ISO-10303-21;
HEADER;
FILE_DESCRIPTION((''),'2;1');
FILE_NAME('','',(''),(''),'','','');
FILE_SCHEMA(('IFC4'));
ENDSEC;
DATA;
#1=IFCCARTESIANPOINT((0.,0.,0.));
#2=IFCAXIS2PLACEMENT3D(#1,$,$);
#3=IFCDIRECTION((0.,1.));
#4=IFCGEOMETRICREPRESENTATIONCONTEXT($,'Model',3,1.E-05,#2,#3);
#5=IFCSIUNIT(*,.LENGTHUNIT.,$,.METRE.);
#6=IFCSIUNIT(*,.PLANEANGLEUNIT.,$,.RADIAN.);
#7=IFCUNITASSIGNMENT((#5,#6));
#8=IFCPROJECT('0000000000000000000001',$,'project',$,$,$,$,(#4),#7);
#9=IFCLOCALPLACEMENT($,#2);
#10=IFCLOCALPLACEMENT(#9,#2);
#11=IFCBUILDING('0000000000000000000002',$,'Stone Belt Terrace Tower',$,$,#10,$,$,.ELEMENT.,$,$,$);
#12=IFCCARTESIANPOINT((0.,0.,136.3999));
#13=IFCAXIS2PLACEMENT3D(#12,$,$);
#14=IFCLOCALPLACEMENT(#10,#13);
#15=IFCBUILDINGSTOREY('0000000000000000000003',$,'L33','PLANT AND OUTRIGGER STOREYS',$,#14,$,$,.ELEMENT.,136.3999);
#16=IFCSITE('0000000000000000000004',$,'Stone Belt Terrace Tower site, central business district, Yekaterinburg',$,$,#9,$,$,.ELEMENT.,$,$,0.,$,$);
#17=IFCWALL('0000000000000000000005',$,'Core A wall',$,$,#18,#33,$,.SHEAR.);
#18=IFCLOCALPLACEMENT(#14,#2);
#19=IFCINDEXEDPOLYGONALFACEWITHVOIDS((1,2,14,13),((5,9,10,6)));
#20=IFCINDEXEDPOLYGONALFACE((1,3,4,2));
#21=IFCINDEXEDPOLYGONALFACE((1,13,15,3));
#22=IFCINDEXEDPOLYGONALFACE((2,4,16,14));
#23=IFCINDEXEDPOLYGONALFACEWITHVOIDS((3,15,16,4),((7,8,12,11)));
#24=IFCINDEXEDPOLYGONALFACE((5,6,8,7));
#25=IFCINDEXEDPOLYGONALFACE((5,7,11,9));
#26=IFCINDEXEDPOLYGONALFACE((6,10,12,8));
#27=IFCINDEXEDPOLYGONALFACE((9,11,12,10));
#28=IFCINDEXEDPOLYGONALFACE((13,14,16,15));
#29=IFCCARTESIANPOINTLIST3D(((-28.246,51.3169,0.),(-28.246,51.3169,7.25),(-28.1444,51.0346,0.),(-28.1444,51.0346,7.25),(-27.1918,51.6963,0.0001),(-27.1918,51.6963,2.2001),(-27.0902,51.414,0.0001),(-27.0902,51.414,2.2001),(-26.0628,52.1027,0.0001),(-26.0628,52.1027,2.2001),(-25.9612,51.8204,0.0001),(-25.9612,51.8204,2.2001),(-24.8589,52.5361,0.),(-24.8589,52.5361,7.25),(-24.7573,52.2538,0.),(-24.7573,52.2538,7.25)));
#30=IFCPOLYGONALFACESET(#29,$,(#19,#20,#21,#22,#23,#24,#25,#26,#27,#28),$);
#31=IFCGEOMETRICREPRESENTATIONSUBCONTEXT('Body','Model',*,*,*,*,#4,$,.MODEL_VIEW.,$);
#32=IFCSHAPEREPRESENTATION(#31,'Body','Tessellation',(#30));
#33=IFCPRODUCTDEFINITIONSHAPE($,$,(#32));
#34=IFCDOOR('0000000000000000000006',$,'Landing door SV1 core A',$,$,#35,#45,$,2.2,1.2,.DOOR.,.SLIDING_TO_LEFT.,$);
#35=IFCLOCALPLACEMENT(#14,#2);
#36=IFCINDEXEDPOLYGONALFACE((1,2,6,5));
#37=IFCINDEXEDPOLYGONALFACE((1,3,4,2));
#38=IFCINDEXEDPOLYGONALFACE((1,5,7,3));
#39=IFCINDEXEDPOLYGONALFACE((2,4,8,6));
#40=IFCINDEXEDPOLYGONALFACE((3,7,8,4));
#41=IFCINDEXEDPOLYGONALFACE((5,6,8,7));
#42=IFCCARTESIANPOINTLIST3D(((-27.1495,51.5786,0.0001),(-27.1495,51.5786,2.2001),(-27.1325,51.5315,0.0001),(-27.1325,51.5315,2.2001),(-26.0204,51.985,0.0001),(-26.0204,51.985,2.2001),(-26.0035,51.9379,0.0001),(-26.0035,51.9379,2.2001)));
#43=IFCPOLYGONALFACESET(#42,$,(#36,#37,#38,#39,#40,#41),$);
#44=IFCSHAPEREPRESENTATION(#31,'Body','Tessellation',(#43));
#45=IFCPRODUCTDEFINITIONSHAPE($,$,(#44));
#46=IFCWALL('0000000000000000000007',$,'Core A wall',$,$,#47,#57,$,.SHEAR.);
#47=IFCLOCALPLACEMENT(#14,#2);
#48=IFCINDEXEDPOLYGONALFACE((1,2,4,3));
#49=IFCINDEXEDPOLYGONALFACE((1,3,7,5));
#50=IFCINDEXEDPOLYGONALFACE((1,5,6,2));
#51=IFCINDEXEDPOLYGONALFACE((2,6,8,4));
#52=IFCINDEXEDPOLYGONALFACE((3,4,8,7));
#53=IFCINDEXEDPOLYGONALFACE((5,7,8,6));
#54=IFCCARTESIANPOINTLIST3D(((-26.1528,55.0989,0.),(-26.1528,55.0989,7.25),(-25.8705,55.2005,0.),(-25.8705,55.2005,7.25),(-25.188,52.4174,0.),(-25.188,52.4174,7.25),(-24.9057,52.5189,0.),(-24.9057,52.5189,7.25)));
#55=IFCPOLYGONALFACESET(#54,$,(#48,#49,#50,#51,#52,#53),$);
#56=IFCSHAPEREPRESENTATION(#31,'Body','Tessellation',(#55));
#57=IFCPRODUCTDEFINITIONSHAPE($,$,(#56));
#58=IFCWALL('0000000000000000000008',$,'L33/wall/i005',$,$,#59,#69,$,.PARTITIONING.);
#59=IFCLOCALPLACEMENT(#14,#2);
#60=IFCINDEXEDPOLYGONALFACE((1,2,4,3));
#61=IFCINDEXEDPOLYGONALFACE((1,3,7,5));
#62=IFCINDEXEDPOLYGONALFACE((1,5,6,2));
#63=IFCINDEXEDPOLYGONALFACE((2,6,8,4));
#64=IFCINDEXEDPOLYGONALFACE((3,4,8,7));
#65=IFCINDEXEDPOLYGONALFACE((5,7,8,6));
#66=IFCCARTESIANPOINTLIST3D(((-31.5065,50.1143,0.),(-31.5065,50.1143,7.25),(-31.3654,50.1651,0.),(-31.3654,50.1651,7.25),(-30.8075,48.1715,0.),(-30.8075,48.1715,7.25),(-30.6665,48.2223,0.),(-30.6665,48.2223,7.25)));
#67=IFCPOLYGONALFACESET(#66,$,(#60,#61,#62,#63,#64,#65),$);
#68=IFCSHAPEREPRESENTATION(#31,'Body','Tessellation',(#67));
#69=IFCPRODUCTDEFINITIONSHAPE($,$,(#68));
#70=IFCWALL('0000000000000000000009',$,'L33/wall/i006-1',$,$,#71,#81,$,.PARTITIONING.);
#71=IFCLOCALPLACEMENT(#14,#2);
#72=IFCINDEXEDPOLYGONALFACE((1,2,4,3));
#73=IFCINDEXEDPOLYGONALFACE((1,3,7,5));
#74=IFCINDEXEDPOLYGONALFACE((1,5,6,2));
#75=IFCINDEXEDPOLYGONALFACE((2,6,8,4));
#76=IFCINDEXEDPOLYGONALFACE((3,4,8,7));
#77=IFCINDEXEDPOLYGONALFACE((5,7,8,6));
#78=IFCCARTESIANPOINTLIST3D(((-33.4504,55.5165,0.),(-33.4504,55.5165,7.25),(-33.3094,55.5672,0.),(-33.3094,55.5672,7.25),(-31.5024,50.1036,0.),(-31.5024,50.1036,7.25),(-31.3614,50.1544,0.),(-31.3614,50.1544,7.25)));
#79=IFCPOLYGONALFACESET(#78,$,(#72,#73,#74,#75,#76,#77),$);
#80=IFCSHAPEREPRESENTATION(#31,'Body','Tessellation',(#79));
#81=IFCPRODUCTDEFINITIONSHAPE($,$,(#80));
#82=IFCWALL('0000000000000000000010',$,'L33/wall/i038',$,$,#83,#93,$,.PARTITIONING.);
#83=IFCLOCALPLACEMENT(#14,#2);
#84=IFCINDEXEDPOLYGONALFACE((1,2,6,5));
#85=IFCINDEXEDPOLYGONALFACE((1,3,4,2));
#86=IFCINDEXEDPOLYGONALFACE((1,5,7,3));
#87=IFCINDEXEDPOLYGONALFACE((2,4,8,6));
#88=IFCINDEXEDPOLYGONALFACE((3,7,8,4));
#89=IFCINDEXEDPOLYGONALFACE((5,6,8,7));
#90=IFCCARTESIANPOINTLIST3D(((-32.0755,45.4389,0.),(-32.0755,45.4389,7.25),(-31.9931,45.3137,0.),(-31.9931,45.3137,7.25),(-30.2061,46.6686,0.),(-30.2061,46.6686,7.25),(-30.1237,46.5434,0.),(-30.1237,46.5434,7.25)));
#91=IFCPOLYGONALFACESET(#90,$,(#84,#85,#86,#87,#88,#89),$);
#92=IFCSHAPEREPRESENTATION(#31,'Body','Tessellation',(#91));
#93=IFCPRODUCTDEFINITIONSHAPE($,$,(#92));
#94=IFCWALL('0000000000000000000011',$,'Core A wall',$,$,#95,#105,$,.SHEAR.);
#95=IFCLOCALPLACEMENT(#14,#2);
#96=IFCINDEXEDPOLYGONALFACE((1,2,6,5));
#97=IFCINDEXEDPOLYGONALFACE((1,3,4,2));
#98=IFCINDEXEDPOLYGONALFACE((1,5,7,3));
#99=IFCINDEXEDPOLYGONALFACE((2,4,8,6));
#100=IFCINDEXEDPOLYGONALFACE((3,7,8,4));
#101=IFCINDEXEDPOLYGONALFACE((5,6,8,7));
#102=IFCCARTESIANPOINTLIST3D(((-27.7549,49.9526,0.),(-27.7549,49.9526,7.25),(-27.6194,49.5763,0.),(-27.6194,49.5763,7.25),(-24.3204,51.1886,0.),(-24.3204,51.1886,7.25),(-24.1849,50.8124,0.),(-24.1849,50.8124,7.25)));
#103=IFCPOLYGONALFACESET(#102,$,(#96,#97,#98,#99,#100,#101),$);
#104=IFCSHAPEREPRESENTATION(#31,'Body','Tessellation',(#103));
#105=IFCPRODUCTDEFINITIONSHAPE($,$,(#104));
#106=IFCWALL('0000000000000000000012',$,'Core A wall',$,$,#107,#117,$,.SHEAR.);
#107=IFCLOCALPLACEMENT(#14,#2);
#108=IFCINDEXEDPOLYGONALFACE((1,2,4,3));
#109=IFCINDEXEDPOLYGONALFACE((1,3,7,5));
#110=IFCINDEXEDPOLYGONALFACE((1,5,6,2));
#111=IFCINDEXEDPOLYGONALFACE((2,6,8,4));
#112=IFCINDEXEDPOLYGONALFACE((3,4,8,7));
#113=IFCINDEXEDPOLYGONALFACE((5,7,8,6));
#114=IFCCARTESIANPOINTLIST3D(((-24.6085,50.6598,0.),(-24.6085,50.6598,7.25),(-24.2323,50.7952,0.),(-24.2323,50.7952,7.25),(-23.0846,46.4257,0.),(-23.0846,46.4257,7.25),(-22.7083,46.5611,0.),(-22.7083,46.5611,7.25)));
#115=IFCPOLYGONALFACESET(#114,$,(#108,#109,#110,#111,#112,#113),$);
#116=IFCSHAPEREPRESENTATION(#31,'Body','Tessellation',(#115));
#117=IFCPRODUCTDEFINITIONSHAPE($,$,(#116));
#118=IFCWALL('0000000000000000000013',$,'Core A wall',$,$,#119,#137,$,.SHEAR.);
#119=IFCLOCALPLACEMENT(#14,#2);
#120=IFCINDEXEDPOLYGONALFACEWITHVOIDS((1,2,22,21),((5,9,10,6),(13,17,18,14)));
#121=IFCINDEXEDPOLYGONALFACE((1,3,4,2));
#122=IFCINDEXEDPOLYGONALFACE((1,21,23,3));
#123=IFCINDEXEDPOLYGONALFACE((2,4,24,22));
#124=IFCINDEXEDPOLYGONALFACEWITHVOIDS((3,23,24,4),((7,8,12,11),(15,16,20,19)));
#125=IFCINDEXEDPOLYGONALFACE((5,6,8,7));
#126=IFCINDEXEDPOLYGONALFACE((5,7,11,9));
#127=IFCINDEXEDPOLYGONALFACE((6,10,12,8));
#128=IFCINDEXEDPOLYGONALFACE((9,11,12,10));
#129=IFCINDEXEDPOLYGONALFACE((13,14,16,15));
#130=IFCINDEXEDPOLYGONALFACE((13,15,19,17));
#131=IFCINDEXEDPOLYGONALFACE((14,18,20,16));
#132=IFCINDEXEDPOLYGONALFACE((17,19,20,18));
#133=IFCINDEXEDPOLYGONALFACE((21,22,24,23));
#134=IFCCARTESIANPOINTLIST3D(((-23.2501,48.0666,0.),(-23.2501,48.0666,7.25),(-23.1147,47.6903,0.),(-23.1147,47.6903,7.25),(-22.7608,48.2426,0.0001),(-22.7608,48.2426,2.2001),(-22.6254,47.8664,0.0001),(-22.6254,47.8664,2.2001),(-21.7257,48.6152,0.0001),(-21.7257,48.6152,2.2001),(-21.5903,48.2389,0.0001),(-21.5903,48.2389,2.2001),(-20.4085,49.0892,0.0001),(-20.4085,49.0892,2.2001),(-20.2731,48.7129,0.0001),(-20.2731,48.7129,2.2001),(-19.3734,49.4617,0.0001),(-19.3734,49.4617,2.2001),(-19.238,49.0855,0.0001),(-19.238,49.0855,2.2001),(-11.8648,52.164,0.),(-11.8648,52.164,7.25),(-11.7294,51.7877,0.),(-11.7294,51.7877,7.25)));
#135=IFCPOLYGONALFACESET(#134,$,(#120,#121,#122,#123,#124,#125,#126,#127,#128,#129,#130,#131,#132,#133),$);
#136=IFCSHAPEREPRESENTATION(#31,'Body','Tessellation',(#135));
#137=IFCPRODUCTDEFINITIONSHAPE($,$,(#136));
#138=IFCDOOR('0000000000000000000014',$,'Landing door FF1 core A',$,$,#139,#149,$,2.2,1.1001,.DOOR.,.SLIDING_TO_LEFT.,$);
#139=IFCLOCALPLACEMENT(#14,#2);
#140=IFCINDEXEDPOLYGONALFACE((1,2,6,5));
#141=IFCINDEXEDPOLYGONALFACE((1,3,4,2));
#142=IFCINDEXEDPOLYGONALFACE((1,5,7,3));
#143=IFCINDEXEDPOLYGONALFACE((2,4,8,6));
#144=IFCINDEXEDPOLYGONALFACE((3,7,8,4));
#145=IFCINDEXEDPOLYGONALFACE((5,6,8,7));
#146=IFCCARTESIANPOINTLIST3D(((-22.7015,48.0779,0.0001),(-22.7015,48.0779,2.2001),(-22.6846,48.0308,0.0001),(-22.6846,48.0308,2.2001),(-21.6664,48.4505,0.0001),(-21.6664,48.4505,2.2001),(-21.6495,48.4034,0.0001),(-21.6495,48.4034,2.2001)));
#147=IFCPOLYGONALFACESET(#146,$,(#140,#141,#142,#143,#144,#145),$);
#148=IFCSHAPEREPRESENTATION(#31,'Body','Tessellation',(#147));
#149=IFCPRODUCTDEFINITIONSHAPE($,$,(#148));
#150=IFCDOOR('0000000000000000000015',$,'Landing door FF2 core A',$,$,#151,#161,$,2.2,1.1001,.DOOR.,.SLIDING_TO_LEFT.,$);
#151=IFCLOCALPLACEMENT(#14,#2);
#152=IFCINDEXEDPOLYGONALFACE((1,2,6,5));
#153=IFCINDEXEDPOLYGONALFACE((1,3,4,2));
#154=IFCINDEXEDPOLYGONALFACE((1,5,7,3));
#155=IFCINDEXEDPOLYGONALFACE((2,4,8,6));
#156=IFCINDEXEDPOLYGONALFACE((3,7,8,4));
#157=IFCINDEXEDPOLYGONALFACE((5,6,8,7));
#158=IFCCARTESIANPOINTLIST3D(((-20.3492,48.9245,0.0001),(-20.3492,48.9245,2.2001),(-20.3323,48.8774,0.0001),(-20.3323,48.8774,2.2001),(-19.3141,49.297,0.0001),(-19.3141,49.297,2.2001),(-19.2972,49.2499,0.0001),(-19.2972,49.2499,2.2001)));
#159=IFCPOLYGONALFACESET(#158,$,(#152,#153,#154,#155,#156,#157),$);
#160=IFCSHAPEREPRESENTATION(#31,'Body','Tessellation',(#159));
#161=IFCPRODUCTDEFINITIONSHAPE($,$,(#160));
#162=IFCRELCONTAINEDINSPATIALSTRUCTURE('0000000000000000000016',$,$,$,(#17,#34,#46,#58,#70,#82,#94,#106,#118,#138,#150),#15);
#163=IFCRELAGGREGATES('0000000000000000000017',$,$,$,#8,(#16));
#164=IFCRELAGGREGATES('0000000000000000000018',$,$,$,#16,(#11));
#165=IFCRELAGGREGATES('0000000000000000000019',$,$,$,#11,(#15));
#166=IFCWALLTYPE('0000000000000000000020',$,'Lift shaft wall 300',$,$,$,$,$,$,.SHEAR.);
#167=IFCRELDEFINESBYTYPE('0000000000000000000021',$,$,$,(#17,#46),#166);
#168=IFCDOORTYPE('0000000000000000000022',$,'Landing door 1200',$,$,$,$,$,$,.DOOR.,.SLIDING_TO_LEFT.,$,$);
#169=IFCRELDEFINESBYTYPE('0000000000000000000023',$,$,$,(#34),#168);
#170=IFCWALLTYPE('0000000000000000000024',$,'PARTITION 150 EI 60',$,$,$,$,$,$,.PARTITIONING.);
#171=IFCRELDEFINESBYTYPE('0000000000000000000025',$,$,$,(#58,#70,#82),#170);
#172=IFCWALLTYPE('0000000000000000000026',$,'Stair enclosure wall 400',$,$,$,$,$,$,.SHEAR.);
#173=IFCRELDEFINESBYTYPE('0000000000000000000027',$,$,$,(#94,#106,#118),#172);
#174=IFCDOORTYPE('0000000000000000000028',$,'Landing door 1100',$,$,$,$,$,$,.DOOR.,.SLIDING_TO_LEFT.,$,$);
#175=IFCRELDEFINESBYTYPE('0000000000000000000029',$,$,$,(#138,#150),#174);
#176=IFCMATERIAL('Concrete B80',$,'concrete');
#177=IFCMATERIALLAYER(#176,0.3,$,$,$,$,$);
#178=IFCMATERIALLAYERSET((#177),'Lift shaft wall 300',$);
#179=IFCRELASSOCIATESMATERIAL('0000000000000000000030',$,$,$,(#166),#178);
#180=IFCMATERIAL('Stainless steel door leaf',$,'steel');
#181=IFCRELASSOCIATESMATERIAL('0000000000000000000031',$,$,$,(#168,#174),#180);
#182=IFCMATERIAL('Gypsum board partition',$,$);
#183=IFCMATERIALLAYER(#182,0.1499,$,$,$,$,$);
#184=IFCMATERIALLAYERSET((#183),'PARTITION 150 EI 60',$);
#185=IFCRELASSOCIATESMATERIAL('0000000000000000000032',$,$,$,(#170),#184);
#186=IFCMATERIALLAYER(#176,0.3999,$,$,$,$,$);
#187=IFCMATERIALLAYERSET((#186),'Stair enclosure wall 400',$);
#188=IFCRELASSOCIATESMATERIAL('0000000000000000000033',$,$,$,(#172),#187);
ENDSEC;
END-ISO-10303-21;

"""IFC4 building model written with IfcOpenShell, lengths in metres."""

from ifc_helpers import new_model, si_unit, direction, frame, frame_2d, origin, place, context, subcontext, project, spatial, rectangle, extrude, material, layer, layer_set, type_object, element, fill, save


model = new_model("IFC4")

# Units and contexts
model_context = context("Model", 3, precision=1e-05, world=origin(), true_north=direction((0.0, 1.0)))
body_context = subcontext(model_context, "Body", "Model", "MODEL_VIEW")
ifc_project = project(units=[si_unit("LENGTHUNIT", "METRE"), si_unit("PLANEANGLEUNIT", "RADIAN")], contexts=[model_context])

# Site, building, storey
site_placement = place(None, origin())
site = spatial("IfcSite", under=ifc_project, at=site_placement, Name="Stone Belt Terrace Tower site, central business district, Yekaterinburg", CompositionType="ELEMENT", RefElevation=0.0)
building_placement = place(site_placement, origin())
building = spatial("IfcBuilding", under=site, at=building_placement, Name="Stone Belt Terrace Tower", CompositionType="ELEMENT")
storey_placement = place(building_placement, frame((0.0, 0.0, 136.3999)))
storey = spatial("IfcBuildingStorey", under=building, at=storey_placement, Name="L33", Description="PLANT AND OUTRIGGER STOREYS", CompositionType="ELEMENT", Elevation=136.3999)

# Shared definitions
ifc_material_1 = material(Name="Concrete B80", Category="concrete")

# Wall, opening, door
ifc_layer_1 = layer(ifc_material_1, 0.3)
ifc_layer_set_1 = layer_set([ifc_layer_1], Name="Lift shaft wall 300")
wall_type_1 = type_object("IfcWallType", Name="Lift shaft wall 300", PredefinedType="SHEAR", material=ifc_layer_set_1)
wall_1_placement = place(storey_placement, frame((-28.1951, 51.1758, 0.0), z_axis=(0.0, 0.0, 1.0), x_axis=(0.940901, 0.338681, 0.0)))
wall_1 = element("IfcWall", 1, at=wall_1_placement, inside=storey, type_object=wall_type_1, Name="Core A wall", PredefinedType="SHEAR", context=body_context, shape_type="SweptSolid", body=[
    extrude(rectangle(XDim=3.5999, YDim=0.3, at=frame_2d((1.7998, 0.0))), origin(), (0.0, 0.0, 1.0), 7.25),
])
opening_1_placement = place(wall_1_placement, frame((1.1201, 0.0, 0.0)))
opening_1 = element("IfcOpeningElement", 2, at=opening_1_placement, cuts=wall_1, PredefinedType="OPENING", context=body_context, shape_type="SweptSolid", body=[
    extrude(rectangle(XDim=1.2, YDim=2.2, at=frame_2d((0.6001, 1.1001))), frame((0.0, 0.1599, 0.0), z_axis=(0.0, -1.0, 0.0), x_axis=(1.0, 0.0, 0.0)), (0.0, 0.0, 1.0), 0.3201),
])
ifc_material_2 = material(Name="Stainless steel door leaf", Category="steel")
door_type_1 = type_object("IfcDoorType", Name="Landing door 1200", OperationType="SLIDING_TO_LEFT", PredefinedType="DOOR", material=ifc_material_2)
door_1_placement = place(opening_1_placement, origin())
door_1 = element("IfcDoor", 3, at=door_1_placement, inside=storey, type_object=door_type_1, Name="Landing door SV1 core A", OperationType="SLIDING_TO_LEFT", OverallHeight=2.2, OverallWidth=1.2, PredefinedType="DOOR", context=body_context, shape_type="SweptSolid", body=[
    extrude(rectangle(XDim=1.2, YDim=2.2, at=frame_2d((0.6001, 1.1001))), frame((0.0, 0.0249, 0.0), z_axis=(0.0, -1.0, 0.0), x_axis=(1.0, 0.0, 0.0)), (0.0, 0.0, 1.0), 0.05),
])
fill(opening_1, door_1)

# Walls
wall_2_placement = place(storey_placement, frame((-25.0469, 52.4683, 0.0), z_axis=(0.0, 0.0, 1.0), x_axis=(-0.33855, 0.940949, 0.0)))
element("IfcWall", 4, at=wall_2_placement, inside=storey, type_object=wall_type_1, Name="Core A wall", PredefinedType="SHEAR", context=body_context, shape_type="SweptSolid", body=[
    extrude(rectangle(XDim=2.8499, YDim=0.3, at=frame_2d((1.4248, 0.0))), origin(), (0.0, 0.0, 1.0), 7.25),
])
ifc_material_3 = material(Name="Gypsum board partition")
ifc_layer_2 = layer(ifc_material_3, 0.1499)
ifc_layer_set_2 = layer_set([ifc_layer_2], Name="PARTITION 150 EI 60")
wall_type_2 = type_object("IfcWallType", Name="PARTITION 150 EI 60", PredefinedType="PARTITIONING", material=ifc_layer_set_2)
wall_3_placement = place(storey_placement, frame((-30.7371, 48.197, 0.0), z_axis=(0.0, 0.0, 1.0), x_axis=(-0.338523, 0.940958, 0.0)))
element("IfcWall", 5, at=wall_3_placement, inside=storey, type_object=wall_type_2, Name="L33/wall/i005", PredefinedType="PARTITIONING", context=body_context, shape_type="SweptSolid", body=[
    extrude(rectangle(XDim=2.0647, YDim=0.1499, at=frame_2d((1.0322, 0.0))), origin(), (0.0, 0.0, 1.0), 7.25),
])
wall_4_placement = place(storey_placement, frame((-31.4319, 50.1289, 0.0), z_axis=(0.0, 0.0, 1.0), x_axis=(-0.338623, 0.940922, 0.0)))
element("IfcWall", 6, at=wall_4_placement, inside=storey, type_object=wall_type_2, Name="L33/wall/i006-1", PredefinedType="PARTITIONING", context=body_context, shape_type="SweptSolid", body=[
    extrude(rectangle(XDim=5.7527, YDim=0.1499, at=frame_2d((2.8765, 0.0))), origin(), (0.0, 0.0, 1.0), 7.25),
])
wall_5_placement = place(storey_placement, frame((-30.165, 46.606, 0.0), z_axis=(0.0, 0.0, 1.0), x_axis=(-0.835442, -0.549578, 0.0)))
element("IfcWall", 7, at=wall_5_placement, inside=storey, type_object=wall_type_2, Name="L33/wall/i038", PredefinedType="PARTITIONING", context=body_context, shape_type="SweptSolid", body=[
    extrude(rectangle(XDim=2.2375, YDim=0.1499, at=frame_2d((1.1187, 0.0))), origin(), (0.0, 0.0, 1.0), 7.25),
])
ifc_layer_3 = layer(ifc_material_1, 0.3999)
ifc_layer_set_3 = layer_set([ifc_layer_3], Name="Stair enclosure wall 400")
wall_type_3 = type_object("IfcWallType", Name="Stair enclosure wall 400", PredefinedType="SHEAR", material=ifc_layer_set_3)
wall_6_placement = place(storey_placement, frame((-27.6873, 49.7644, 0.0), z_axis=(0.0, 0.0, 1.0), x_axis=(0.940919, 0.338632, 0.0)))
element("IfcWall", 8, at=wall_6_placement, inside=storey, type_object=wall_type_3, Name="Core A wall", PredefinedType="SHEAR", context=body_context, shape_type="SweptSolid", body=[
    extrude(rectangle(XDim=3.6501, YDim=0.3999, at=frame_2d((1.8252, 0.0))), origin(), (0.0, 0.0, 1.0), 7.25),
])
wall_7_placement = place(storey_placement, frame((-22.8965, 46.4934, 0.0), z_axis=(0.0, 0.0, 1.0), x_axis=(-0.338648, 0.940913, 0.0)))
element("IfcWall", 9, at=wall_7_placement, inside=storey, type_object=wall_type_3, Name="Core A wall", PredefinedType="SHEAR", context=body_context, shape_type="SweptSolid", body=[
    extrude(rectangle(XDim=4.5, YDim=0.3999, at=frame_2d((2.25, 0.0))), origin(), (0.0, 0.0, 1.0), 7.25),
])

# Wall, openings, doors
wall_8_placement = place(storey_placement, frame((-23.1824, 47.8784, 0.0), z_axis=(0.0, 0.0, 1.0), x_axis=(0.940921, 0.338626, 0.0)))
wall_8 = element("IfcWall", 10, at=wall_8_placement, inside=storey, type_object=wall_type_3, Name="Core A wall", PredefinedType="SHEAR", context=body_context, shape_type="SweptSolid", body=[
    extrude(rectangle(XDim=12.1001, YDim=0.3999, at=frame_2d((6.05, 0.0))), origin(), (0.0, 0.0, 1.0), 7.25),
])
opening_2_placement = place(wall_8_placement, frame((0.52, 0.0, 0.0)))
opening_2 = element("IfcOpeningElement", 11, at=opening_2_placement, cuts=wall_8, PredefinedType="OPENING", context=body_context, shape_type="SweptSolid", body=[
    extrude(rectangle(XDim=1.1001, YDim=2.2, at=frame_2d((0.55, 1.1001))), frame((0.0, 0.21, 0.0), z_axis=(0.0, -1.0, 0.0), x_axis=(1.0, 0.0, 0.0)), (0.0, 0.0, 1.0), 0.4199),
])
opening_3_placement = place(wall_8_placement, frame((3.02, 0.0, 0.0)))
opening_3 = element("IfcOpeningElement", 12, at=opening_3_placement, cuts=wall_8, PredefinedType="OPENING", context=body_context, shape_type="SweptSolid", body=[
    extrude(rectangle(XDim=1.1001, YDim=2.2, at=frame_2d((0.55, 1.1001))), frame((0.0, 0.21, 0.0), z_axis=(0.0, -1.0, 0.0), x_axis=(1.0, 0.0, 0.0)), (0.0, 0.0, 1.0), 0.4199),
])
door_type_2 = type_object("IfcDoorType", Name="Landing door 1100", OperationType="SLIDING_TO_LEFT", PredefinedType="DOOR", material=ifc_material_2)
door_2_placement = place(opening_2_placement, origin())
door_2 = element("IfcDoor", 13, at=door_2_placement, inside=storey, type_object=door_type_2, Name="Landing door FF1 core A", OperationType="SLIDING_TO_LEFT", OverallHeight=2.2, OverallWidth=1.1001, PredefinedType="DOOR", context=body_context, shape_type="SweptSolid", body=[
    extrude(rectangle(XDim=1.1001, YDim=2.2, at=frame_2d((0.55, 1.1001))), frame((0.0, 0.0249, 0.0), z_axis=(0.0, -1.0, 0.0), x_axis=(1.0, 0.0, 0.0)), (0.0, 0.0, 1.0), 0.05),
])
fill(opening_2, door_2)
door_3_placement = place(opening_3_placement, origin())
door_3 = element("IfcDoor", 14, at=door_3_placement, inside=storey, type_object=door_type_2, Name="Landing door FF2 core A", OperationType="SLIDING_TO_LEFT", OverallHeight=2.2, OverallWidth=1.1001, PredefinedType="DOOR", context=body_context, shape_type="SweptSolid", body=[
    extrude(rectangle(XDim=1.1001, YDim=2.2, at=frame_2d((0.55, 1.1001))), frame((0.0, 0.0249, 0.0), z_axis=(0.0, -1.0, 0.0), x_axis=(1.0, 0.0, 0.0)), (0.0, 0.0, 1.0), 0.05),
])
fill(opening_3, door_3)

save(model, "model.ifc")
